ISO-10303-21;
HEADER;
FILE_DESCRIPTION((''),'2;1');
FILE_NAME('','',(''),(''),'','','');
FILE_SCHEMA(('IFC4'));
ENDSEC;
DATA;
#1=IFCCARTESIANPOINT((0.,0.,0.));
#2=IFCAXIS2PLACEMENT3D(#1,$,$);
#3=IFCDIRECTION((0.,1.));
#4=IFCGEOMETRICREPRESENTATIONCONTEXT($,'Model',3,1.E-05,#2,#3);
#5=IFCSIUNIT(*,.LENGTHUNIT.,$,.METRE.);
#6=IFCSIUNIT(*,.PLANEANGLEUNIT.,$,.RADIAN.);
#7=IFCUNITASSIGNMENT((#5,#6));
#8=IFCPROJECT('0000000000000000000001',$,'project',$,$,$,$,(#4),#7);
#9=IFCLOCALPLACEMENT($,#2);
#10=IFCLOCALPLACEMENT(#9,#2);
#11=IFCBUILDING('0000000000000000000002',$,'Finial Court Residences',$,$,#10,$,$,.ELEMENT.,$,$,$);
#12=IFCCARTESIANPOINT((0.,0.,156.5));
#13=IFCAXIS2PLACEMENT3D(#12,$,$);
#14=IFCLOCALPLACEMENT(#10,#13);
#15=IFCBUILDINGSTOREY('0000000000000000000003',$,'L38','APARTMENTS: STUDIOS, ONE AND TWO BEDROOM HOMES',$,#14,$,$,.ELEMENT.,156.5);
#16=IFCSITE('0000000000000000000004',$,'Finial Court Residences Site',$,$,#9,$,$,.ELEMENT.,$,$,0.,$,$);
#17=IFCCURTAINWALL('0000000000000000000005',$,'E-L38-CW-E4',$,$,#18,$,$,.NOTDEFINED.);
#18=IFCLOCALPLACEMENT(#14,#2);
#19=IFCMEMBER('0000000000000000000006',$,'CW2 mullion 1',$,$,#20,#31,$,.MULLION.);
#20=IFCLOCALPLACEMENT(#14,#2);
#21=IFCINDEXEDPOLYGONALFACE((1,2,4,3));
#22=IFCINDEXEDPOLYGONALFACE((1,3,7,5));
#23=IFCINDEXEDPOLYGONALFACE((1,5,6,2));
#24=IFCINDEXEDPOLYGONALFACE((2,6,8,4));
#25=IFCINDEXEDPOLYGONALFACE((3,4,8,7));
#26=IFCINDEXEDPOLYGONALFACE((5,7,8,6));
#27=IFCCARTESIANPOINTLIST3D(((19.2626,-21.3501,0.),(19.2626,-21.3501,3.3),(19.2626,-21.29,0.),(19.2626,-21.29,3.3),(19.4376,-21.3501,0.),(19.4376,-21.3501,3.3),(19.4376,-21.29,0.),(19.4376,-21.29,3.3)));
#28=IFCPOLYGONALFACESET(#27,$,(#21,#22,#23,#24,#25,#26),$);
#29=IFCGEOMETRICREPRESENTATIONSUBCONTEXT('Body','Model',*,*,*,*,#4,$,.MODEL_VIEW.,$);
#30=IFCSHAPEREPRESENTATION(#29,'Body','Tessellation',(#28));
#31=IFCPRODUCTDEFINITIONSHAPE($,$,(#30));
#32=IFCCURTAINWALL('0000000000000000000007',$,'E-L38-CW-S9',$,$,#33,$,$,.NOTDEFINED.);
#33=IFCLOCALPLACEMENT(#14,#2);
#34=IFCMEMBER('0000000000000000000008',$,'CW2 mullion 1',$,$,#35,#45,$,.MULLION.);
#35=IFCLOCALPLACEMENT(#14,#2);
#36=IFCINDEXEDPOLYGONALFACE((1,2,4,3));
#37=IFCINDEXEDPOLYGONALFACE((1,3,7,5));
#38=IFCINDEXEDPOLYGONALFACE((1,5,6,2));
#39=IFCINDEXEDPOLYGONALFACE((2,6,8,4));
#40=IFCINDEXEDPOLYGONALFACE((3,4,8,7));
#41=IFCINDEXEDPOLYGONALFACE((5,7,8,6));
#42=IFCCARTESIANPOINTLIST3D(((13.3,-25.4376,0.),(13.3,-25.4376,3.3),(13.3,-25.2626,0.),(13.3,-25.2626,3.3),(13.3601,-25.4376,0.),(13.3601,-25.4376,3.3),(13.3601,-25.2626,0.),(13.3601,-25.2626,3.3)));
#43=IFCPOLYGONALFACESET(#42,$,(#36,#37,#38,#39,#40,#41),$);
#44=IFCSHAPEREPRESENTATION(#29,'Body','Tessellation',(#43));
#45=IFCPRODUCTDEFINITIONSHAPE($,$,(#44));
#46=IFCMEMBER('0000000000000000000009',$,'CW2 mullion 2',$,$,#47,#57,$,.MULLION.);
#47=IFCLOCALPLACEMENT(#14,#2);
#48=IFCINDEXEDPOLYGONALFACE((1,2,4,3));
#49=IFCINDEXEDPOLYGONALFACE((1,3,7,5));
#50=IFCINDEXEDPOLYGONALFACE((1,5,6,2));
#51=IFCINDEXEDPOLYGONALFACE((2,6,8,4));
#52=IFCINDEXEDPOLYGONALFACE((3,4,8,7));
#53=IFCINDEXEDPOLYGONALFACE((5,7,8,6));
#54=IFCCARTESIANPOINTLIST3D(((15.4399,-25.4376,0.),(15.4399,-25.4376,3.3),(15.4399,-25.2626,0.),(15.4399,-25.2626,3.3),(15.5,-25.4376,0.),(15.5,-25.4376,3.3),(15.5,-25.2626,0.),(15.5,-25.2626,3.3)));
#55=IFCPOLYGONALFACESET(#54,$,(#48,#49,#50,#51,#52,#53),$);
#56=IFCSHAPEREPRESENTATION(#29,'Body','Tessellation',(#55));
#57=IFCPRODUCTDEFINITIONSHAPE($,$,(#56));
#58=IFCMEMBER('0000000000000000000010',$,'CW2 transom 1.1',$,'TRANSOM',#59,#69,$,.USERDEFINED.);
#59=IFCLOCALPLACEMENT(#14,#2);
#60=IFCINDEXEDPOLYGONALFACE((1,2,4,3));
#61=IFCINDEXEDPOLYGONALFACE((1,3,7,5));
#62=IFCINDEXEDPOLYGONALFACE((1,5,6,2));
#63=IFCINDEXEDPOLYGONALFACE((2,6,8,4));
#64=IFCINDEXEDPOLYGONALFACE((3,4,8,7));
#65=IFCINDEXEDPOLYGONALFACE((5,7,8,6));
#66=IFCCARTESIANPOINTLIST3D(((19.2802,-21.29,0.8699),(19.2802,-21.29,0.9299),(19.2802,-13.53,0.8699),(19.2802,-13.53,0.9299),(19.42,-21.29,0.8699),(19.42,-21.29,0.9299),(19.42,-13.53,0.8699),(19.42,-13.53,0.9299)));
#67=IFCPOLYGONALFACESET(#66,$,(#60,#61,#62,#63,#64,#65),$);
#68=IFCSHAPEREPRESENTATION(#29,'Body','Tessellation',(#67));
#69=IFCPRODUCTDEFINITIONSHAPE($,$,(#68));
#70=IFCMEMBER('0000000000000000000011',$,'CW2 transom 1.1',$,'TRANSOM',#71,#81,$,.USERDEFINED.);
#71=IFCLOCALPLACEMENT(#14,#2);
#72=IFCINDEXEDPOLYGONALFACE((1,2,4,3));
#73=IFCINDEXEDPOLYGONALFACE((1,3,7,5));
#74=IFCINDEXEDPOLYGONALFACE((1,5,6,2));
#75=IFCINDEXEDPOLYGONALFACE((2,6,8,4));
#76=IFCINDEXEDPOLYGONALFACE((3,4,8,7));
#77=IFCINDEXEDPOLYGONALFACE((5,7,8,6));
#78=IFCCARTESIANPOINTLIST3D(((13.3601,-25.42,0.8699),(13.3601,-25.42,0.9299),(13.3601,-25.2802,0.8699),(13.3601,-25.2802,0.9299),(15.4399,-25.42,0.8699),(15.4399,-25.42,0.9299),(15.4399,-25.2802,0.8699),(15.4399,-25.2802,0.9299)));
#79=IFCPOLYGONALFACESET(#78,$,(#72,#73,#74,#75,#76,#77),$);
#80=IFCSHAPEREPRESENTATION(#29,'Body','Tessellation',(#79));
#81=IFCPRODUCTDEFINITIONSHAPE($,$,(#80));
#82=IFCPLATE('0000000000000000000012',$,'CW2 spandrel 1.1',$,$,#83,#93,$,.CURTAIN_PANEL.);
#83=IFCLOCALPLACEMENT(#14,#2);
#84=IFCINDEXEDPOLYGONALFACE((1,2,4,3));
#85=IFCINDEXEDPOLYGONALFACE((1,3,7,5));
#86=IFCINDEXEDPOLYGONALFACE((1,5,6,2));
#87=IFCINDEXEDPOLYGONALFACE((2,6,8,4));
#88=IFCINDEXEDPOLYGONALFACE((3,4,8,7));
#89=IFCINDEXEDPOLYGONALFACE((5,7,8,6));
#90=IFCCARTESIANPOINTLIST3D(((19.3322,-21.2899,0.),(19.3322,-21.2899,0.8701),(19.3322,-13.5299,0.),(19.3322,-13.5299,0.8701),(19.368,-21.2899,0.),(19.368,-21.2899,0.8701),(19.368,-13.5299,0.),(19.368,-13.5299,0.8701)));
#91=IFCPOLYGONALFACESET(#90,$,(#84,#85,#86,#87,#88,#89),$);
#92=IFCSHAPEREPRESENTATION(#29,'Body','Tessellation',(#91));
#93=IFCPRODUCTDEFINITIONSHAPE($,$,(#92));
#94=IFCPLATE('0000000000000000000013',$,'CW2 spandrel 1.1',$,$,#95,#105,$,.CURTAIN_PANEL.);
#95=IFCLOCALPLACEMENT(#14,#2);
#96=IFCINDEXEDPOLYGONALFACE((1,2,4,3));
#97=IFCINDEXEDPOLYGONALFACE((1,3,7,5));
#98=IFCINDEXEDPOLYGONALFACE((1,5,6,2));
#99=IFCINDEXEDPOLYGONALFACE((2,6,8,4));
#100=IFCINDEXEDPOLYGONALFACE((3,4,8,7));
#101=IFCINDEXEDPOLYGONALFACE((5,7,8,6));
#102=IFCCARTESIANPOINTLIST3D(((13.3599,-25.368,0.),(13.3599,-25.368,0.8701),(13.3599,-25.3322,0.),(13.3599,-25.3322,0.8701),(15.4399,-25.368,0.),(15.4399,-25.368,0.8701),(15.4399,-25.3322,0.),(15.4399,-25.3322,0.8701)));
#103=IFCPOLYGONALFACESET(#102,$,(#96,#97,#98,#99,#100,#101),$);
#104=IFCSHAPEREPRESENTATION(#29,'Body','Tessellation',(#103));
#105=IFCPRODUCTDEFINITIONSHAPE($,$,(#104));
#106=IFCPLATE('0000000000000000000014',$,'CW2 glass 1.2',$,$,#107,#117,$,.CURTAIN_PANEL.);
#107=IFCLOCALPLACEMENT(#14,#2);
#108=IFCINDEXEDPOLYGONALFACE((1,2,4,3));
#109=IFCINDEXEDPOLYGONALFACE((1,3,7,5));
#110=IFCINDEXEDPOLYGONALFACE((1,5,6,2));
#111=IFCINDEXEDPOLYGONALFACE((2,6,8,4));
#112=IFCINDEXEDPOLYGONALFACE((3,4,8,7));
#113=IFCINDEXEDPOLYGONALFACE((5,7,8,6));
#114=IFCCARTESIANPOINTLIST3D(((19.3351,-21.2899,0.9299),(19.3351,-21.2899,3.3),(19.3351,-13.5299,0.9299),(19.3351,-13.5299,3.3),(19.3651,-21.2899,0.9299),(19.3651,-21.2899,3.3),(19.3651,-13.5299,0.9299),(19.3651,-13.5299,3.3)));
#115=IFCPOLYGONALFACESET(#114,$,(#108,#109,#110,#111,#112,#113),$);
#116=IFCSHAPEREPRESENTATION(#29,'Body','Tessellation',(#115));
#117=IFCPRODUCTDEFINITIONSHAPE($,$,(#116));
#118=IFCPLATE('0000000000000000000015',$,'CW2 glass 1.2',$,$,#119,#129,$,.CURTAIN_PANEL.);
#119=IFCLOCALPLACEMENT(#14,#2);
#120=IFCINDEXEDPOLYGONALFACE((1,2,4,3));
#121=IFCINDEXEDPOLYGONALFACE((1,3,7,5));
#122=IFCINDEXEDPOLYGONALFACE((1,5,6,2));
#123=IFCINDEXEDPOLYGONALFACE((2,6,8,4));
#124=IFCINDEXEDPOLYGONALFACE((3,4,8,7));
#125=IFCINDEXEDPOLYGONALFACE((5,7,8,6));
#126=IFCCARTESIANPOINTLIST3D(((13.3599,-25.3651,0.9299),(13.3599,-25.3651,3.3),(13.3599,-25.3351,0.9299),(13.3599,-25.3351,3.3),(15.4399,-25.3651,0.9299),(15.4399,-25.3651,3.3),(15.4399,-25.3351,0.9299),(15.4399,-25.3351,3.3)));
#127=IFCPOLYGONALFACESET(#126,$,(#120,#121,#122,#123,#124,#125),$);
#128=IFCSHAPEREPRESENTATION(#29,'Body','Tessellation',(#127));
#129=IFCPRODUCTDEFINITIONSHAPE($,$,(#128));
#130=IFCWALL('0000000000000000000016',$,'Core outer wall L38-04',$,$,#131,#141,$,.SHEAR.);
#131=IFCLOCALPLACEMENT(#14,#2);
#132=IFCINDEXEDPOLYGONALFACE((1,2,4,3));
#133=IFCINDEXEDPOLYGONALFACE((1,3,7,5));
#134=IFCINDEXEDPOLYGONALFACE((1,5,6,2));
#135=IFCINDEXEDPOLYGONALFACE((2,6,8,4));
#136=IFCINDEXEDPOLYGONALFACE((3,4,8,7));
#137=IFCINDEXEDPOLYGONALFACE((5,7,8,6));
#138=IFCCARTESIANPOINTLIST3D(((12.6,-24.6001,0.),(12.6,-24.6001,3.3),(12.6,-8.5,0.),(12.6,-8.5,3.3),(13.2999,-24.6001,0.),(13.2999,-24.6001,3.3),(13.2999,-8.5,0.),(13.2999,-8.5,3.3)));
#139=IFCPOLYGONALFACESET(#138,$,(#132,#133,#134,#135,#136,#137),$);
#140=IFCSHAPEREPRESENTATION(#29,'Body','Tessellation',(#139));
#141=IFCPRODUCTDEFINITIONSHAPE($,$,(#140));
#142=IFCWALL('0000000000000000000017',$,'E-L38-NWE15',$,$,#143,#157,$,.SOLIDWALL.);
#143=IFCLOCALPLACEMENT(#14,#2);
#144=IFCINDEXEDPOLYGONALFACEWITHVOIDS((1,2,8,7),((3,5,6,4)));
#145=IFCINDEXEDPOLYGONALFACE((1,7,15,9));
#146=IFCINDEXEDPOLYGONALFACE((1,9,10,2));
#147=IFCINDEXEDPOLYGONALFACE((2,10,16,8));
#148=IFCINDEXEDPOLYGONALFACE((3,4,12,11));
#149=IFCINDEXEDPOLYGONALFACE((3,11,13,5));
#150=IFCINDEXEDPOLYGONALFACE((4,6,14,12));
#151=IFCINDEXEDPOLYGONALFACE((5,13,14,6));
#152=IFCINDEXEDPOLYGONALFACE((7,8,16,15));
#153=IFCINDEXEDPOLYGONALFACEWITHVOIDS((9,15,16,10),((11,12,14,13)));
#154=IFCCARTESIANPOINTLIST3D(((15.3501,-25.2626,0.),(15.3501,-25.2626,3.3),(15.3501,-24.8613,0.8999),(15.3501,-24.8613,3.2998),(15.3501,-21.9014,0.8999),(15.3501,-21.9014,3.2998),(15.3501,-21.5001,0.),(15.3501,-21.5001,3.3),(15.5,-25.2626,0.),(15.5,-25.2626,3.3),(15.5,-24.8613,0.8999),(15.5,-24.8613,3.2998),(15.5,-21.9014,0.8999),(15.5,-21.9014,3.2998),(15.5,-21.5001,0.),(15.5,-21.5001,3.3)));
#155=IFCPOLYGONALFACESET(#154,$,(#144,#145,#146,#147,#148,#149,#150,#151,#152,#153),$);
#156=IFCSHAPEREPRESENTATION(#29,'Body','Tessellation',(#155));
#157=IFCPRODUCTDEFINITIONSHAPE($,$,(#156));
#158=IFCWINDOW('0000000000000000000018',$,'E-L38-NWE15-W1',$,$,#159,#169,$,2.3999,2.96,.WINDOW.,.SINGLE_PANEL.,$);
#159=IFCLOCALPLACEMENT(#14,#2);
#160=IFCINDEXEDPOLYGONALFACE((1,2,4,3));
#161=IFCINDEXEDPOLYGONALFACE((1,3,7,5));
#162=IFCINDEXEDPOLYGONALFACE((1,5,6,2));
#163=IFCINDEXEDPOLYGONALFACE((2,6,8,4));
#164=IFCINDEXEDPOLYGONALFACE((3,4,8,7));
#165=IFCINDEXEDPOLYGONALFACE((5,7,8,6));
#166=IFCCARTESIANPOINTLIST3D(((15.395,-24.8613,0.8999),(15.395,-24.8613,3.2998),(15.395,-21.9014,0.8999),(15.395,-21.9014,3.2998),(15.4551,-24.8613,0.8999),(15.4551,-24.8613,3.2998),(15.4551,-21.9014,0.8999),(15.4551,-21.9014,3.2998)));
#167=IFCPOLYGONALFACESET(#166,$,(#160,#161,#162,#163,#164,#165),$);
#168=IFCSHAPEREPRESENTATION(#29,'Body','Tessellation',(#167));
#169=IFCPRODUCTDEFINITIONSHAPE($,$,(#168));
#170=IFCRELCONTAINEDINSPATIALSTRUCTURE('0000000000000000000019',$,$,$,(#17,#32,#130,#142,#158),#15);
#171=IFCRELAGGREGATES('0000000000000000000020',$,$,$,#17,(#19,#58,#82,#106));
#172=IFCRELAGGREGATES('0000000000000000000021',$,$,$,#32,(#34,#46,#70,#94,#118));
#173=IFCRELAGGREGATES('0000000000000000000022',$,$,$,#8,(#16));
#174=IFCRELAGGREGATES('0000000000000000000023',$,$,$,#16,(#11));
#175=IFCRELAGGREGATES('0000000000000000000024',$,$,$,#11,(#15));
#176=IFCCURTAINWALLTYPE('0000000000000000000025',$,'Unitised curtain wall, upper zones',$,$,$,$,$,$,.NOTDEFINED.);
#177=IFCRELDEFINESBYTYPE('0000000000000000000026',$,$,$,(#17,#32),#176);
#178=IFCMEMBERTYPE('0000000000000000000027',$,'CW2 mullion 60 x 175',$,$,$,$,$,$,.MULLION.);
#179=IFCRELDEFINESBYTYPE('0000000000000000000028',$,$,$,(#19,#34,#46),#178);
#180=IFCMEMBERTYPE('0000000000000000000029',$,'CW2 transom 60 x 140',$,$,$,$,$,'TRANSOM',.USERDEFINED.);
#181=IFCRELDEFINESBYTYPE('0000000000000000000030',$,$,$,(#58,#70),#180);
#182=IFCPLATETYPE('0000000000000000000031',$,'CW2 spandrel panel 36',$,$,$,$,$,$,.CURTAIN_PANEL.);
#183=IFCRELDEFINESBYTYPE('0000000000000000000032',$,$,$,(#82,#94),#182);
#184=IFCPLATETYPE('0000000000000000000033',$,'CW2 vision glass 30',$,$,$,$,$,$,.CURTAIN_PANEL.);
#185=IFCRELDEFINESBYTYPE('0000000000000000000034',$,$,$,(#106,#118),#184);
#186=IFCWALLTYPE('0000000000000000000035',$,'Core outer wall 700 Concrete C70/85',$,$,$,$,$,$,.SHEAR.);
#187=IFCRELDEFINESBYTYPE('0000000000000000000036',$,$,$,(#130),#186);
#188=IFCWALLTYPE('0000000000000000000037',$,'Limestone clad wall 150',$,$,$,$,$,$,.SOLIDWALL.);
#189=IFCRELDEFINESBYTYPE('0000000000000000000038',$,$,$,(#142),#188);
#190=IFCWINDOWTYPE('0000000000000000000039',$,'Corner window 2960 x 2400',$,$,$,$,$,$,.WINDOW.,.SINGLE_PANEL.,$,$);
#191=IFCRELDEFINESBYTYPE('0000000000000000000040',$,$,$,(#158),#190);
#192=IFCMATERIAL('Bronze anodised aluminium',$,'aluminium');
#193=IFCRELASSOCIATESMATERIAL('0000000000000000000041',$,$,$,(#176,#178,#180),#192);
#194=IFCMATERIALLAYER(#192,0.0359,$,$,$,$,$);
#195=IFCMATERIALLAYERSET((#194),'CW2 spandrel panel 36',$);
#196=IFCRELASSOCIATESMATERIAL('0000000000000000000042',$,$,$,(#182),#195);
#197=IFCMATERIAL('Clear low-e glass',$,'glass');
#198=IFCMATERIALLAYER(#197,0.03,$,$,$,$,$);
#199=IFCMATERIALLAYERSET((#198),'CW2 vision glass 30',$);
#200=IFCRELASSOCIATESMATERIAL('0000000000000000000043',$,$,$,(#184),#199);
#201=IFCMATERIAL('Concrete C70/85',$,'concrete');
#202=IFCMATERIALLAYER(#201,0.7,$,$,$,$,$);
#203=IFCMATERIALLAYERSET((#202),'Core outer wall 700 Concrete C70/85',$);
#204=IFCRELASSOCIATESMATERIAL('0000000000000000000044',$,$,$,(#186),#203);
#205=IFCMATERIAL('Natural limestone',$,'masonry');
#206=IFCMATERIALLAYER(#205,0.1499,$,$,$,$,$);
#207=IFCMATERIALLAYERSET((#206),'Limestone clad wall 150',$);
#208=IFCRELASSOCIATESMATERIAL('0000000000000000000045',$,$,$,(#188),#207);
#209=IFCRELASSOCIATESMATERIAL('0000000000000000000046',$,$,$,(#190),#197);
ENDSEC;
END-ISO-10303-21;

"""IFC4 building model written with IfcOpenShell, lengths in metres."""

from ifc_helpers import new_model, si_unit, direction, frame, frame_2d, origin, origin_2d, place, context, subcontext, project, spatial, rectangle, extrude, material, layer, layer_set, material_profile, profile_set, type_object, element, fill, aggregate, save


model = new_model("IFC4")

# Units and contexts
model_context = context("Model", 3, precision=1e-05, world=origin(), true_north=direction((0.0, 1.0)))
body_context = subcontext(model_context, "Body", "Model", "MODEL_VIEW")
ifc_project = project(units=[si_unit("LENGTHUNIT", "METRE"), si_unit("PLANEANGLEUNIT", "RADIAN")], contexts=[model_context])

# Site, building, storey
site_placement = place(None, origin())
site = spatial("IfcSite", under=ifc_project, at=site_placement, Name="Finial Court Residences Site", CompositionType="ELEMENT", RefElevation=0.0)
building_placement = place(site_placement, origin())
building = spatial("IfcBuilding", under=site, at=building_placement, Name="Finial Court Residences", CompositionType="ELEMENT")
storey_placement = place(building_placement, frame((0.0, 0.0, 156.5)))
storey = spatial("IfcBuildingStorey", under=building, at=storey_placement, Name="L38", Description="APARTMENTS: STUDIOS, ONE AND TWO BEDROOM HOMES", CompositionType="ELEMENT", Elevation=156.5)

# Curtain wall, member
ifc_material_1 = material(Name="Bronze anodised aluminium", Category="aluminium")
curtain_wall_type = type_object("IfcCurtainWallType", Name="Unitised curtain wall, upper zones", PredefinedType="NOTDEFINED", material=ifc_material_1)
curtain_wall_1_placement = place(storey_placement, origin())
curtain_wall_1 = element("IfcCurtainWall", 1, at=curtain_wall_1_placement, inside=storey, type_object=curtain_wall_type, Name="E-L38-CW-E4", PredefinedType="NOTDEFINED")
ifc_material_profile_1 = material_profile(ifc_material_1, rectangle(XDim=0.175, YDim=0.0601, at=origin_2d()), Name="CW2 mullion 60 x 175")
ifc_profile_set_1 = profile_set([ifc_material_profile_1], Name="Bronze anodised aluminium")
member_type_1 = type_object("IfcMemberType", Name="CW2 mullion 60 x 175", PredefinedType="MULLION", material=ifc_profile_set_1)
member_1_placement = place(storey_placement, frame((19.3501, -21.3201, 0.0), z_axis=(0.0, 0.0, 1.0), x_axis=(-1.0, 0.0, 0.0)))
member_1 = element("IfcMember", 2, at=member_1_placement, type_object=member_type_1, Name="CW2 mullion 1", PredefinedType="MULLION", context=body_context, shape_type="SweptSolid", body=[
    extrude(rectangle(XDim=0.175, YDim=0.0601, at=origin_2d()), origin(), (0.0, 0.0, 1.0), 3.3),
])

# Curtain wall, members
curtain_wall_2_placement = place(storey_placement, origin())
curtain_wall_2 = element("IfcCurtainWall", 3, at=curtain_wall_2_placement, inside=storey, type_object=curtain_wall_type, Name="E-L38-CW-S9", PredefinedType="NOTDEFINED")
member_2_placement = place(storey_placement, frame((13.3301, -25.3501, 0.0), z_axis=(0.0, 0.0, 1.0), x_axis=(0.0, 1.0, 0.0)))
member_2 = element("IfcMember", 4, at=member_2_placement, type_object=member_type_1, Name="CW2 mullion 1", PredefinedType="MULLION", context=body_context, shape_type="SweptSolid", body=[
    extrude(rectangle(XDim=0.175, YDim=0.0601, at=origin_2d()), origin(), (0.0, 0.0, 1.0), 3.3),
])
member_3_placement = place(storey_placement, frame((15.47, -25.3501, 0.0), z_axis=(0.0, 0.0, 1.0), x_axis=(0.0, 1.0, 0.0)))
member_3 = element("IfcMember", 5, at=member_3_placement, type_object=member_type_1, Name="CW2 mullion 2", PredefinedType="MULLION", context=body_context, shape_type="SweptSolid", body=[
    extrude(rectangle(XDim=0.175, YDim=0.0601, at=origin_2d()), origin(), (0.0, 0.0, 1.0), 3.3),
])

# Members
ifc_material_profile_2 = material_profile(ifc_material_1, rectangle(XDim=0.1399, YDim=0.0601, at=origin_2d()), Name="CW2 transom 60 x 140")
ifc_profile_set_2 = profile_set([ifc_material_profile_2], Name="Bronze anodised aluminium")
member_type_2 = type_object("IfcMemberType", Name="CW2 transom 60 x 140", ElementType="TRANSOM", PredefinedType="USERDEFINED", material=ifc_profile_set_2)
member_4_placement = place(storey_placement, frame((19.3501, -21.29, 0.8999), z_axis=(0.0, 1.0, 0.0), x_axis=(-1.0, 0.0, 0.0)))
member_4 = element("IfcMember", 6, at=member_4_placement, type_object=member_type_2, Name="CW2 transom 1.1", ObjectType="TRANSOM", PredefinedType="USERDEFINED", context=body_context, shape_type="SweptSolid", body=[
    extrude(rectangle(XDim=0.1399, YDim=0.0601, at=origin_2d()), origin(), (0.0, 0.0, 1.0), 7.76),
])
member_5_placement = place(storey_placement, frame((13.3601, -25.3501, 0.8999), z_axis=(1.0, 0.0, 0.0), x_axis=(0.0, 1.0, 0.0)))
member_5 = element("IfcMember", 7, at=member_5_placement, type_object=member_type_2, Name="CW2 transom 1.1", ObjectType="TRANSOM", PredefinedType="USERDEFINED", context=body_context, shape_type="SweptSolid", body=[
    extrude(rectangle(XDim=0.1399, YDim=0.0601, at=origin_2d()), origin(), (0.0, 0.0, 1.0), 2.0798),
])

# Plates
ifc_layer_1 = layer(ifc_material_1, 0.0359)
ifc_layer_set_1 = layer_set([ifc_layer_1], Name="CW2 spandrel panel 36")
plate_type_1 = type_object("IfcPlateType", Name="CW2 spandrel panel 36", PredefinedType="CURTAIN_PANEL", material=ifc_layer_set_1)
plate_1_placement = place(storey_placement, frame((19.3501, -17.4099, 0.0), z_axis=(0.0, 0.0, 1.0), x_axis=(0.0, 1.0, 0.0)))
plate_1 = element("IfcPlate", 8, at=plate_1_placement, type_object=plate_type_1, Name="CW2 spandrel 1.1", PredefinedType="CURTAIN_PANEL", context=body_context, shape_type="SweptSolid", body=[
    extrude(rectangle(XDim=7.76, YDim=0.0359, at=origin_2d()), origin(), (0.0, 0.0, 1.0), 0.8701),
])
plate_2_placement = place(storey_placement, frame((14.3999, -25.3501, 0.0), z_axis=(0.0, 0.0, 1.0), x_axis=(1.0, 0.0, 0.0)))
plate_2 = element("IfcPlate", 9, at=plate_2_placement, type_object=plate_type_1, Name="CW2 spandrel 1.1", PredefinedType="CURTAIN_PANEL", context=body_context, shape_type="SweptSolid", body=[
    extrude(rectangle(XDim=2.0801, YDim=0.0359, at=origin_2d()), origin(), (0.0, 0.0, 1.0), 0.8701),
])
ifc_material_2 = material(Name="Clear low-e glass", Category="glass")
ifc_layer_2 = layer(ifc_material_2, 0.03)
ifc_layer_set_2 = layer_set([ifc_layer_2], Name="CW2 vision glass 30")
plate_type_2 = type_object("IfcPlateType", Name="CW2 vision glass 30", PredefinedType="CURTAIN_PANEL", material=ifc_layer_set_2)
plate_3_placement = place(storey_placement, frame((19.3501, -17.4099, 0.9299), z_axis=(0.0, 0.0, 1.0), x_axis=(0.0, 1.0, 0.0)))
plate_3 = element("IfcPlate", 10, at=plate_3_placement, type_object=plate_type_2, Name="CW2 glass 1.2", PredefinedType="CURTAIN_PANEL", context=body_context, shape_type="SweptSolid", body=[
    extrude(rectangle(XDim=7.76, YDim=0.03, at=origin_2d()), origin(), (0.0, 0.0, 1.0), 2.3701),
])
aggregate(curtain_wall_1, [member_1, member_4, plate_1, plate_3])
plate_4_placement = place(storey_placement, frame((14.3999, -25.3501, 0.9299), z_axis=(0.0, 0.0, 1.0), x_axis=(1.0, 0.0, 0.0)))
plate_4 = element("IfcPlate", 11, at=plate_4_placement, type_object=plate_type_2, Name="CW2 glass 1.2", PredefinedType="CURTAIN_PANEL", context=body_context, shape_type="SweptSolid", body=[
    extrude(rectangle(XDim=2.0801, YDim=0.03, at=origin_2d()), origin(), (0.0, 0.0, 1.0), 2.3701),
])
aggregate(curtain_wall_2, [member_2, member_3, member_5, plate_2, plate_4])

# Wall
ifc_material_3 = material(Name="Concrete C70/85", Category="concrete")
ifc_layer_3 = layer(ifc_material_3, 0.7)
ifc_layer_set_3 = layer_set([ifc_layer_3], Name="Core outer wall 700 Concrete C70/85")
wall_type_1 = type_object("IfcWallType", Name="Core outer wall 700 Concrete C70/85", PredefinedType="SHEAR", material=ifc_layer_set_3)
wall_1_placement = place(storey_placement, frame((12.95, -24.6001, 0.0), z_axis=(0.0, 0.0, 1.0), x_axis=(0.0, 1.0, 0.0)))
element("IfcWall", 12, at=wall_1_placement, inside=storey, type_object=wall_type_1, Name="Core outer wall L38-04", PredefinedType="SHEAR", context=body_context, shape_type="SweptSolid", body=[
    extrude(rectangle(XDim=16.1001, YDim=0.7, at=frame_2d((8.05, 0.0))), origin(), (0.0, 0.0, 1.0), 3.3),
])

# Wall, opening, window
ifc_material_4 = material(Name="Natural limestone", Category="masonry")
ifc_layer_4 = layer(ifc_material_4, 0.1499)
ifc_layer_set_4 = layer_set([ifc_layer_4], Name="Limestone clad wall 150")
wall_type_2 = type_object("IfcWallType", Name="Limestone clad wall 150", PredefinedType="SOLIDWALL", material=ifc_layer_set_4)
wall_2_placement = place(storey_placement, frame((15.425, -21.5, 0.0), z_axis=(0.0, 0.0, 1.0), x_axis=(0.0, -1.0, 0.0)))
wall_2 = element("IfcWall", 13, at=wall_2_placement, inside=storey, type_object=wall_type_2, Name="E-L38-NWE15", PredefinedType="SOLIDWALL", context=body_context, shape_type="SweptSolid", body=[
    extrude(rectangle(XDim=3.7625, YDim=0.1499, at=frame_2d((1.8813, 0.0))), origin(), (0.0, 0.0, 1.0), 3.3),
])
opening_1_placement = place(wall_2_placement, frame((0.4014, 0.0, 0.8999)))
opening_1 = element("IfcOpeningElement", 14, at=opening_1_placement, cuts=wall_2, PredefinedType="OPENING", context=body_context, shape_type="SweptSolid", body=[
    extrude(rectangle(XDim=2.96, YDim=2.3999, at=frame_2d((1.48, 1.2))), frame((0.0, 0.085, 0.0), z_axis=(0.0, -1.0, 0.0), x_axis=(1.0, 0.0, 0.0)), (0.0, 0.0, 1.0), 0.1699),
])
window_type_1 = type_object("IfcWindowType", Name="Corner window 2960 x 2400", PartitioningType="SINGLE_PANEL", PredefinedType="WINDOW", material=ifc_material_2)
window_1_placement = place(opening_1_placement, origin())
window_1 = element("IfcWindow", 15, at=window_1_placement, inside=storey, type_object=window_type_1, Name="E-L38-NWE15-W1", OverallHeight=2.3999, OverallWidth=2.96, PartitioningType="SINGLE_PANEL", PredefinedType="WINDOW", context=body_context, shape_type="SweptSolid", body=[
    extrude(rectangle(XDim=2.96, YDim=2.3999, at=frame_2d((1.48, 1.2))), frame((0.0, 0.03, 0.0), z_axis=(0.0, -1.0, 0.0), x_axis=(1.0, 0.0, 0.0)), (0.0, 0.0, 1.0), 0.0601),
])
fill(opening_1, window_1)

save(model, "model.ifc")
